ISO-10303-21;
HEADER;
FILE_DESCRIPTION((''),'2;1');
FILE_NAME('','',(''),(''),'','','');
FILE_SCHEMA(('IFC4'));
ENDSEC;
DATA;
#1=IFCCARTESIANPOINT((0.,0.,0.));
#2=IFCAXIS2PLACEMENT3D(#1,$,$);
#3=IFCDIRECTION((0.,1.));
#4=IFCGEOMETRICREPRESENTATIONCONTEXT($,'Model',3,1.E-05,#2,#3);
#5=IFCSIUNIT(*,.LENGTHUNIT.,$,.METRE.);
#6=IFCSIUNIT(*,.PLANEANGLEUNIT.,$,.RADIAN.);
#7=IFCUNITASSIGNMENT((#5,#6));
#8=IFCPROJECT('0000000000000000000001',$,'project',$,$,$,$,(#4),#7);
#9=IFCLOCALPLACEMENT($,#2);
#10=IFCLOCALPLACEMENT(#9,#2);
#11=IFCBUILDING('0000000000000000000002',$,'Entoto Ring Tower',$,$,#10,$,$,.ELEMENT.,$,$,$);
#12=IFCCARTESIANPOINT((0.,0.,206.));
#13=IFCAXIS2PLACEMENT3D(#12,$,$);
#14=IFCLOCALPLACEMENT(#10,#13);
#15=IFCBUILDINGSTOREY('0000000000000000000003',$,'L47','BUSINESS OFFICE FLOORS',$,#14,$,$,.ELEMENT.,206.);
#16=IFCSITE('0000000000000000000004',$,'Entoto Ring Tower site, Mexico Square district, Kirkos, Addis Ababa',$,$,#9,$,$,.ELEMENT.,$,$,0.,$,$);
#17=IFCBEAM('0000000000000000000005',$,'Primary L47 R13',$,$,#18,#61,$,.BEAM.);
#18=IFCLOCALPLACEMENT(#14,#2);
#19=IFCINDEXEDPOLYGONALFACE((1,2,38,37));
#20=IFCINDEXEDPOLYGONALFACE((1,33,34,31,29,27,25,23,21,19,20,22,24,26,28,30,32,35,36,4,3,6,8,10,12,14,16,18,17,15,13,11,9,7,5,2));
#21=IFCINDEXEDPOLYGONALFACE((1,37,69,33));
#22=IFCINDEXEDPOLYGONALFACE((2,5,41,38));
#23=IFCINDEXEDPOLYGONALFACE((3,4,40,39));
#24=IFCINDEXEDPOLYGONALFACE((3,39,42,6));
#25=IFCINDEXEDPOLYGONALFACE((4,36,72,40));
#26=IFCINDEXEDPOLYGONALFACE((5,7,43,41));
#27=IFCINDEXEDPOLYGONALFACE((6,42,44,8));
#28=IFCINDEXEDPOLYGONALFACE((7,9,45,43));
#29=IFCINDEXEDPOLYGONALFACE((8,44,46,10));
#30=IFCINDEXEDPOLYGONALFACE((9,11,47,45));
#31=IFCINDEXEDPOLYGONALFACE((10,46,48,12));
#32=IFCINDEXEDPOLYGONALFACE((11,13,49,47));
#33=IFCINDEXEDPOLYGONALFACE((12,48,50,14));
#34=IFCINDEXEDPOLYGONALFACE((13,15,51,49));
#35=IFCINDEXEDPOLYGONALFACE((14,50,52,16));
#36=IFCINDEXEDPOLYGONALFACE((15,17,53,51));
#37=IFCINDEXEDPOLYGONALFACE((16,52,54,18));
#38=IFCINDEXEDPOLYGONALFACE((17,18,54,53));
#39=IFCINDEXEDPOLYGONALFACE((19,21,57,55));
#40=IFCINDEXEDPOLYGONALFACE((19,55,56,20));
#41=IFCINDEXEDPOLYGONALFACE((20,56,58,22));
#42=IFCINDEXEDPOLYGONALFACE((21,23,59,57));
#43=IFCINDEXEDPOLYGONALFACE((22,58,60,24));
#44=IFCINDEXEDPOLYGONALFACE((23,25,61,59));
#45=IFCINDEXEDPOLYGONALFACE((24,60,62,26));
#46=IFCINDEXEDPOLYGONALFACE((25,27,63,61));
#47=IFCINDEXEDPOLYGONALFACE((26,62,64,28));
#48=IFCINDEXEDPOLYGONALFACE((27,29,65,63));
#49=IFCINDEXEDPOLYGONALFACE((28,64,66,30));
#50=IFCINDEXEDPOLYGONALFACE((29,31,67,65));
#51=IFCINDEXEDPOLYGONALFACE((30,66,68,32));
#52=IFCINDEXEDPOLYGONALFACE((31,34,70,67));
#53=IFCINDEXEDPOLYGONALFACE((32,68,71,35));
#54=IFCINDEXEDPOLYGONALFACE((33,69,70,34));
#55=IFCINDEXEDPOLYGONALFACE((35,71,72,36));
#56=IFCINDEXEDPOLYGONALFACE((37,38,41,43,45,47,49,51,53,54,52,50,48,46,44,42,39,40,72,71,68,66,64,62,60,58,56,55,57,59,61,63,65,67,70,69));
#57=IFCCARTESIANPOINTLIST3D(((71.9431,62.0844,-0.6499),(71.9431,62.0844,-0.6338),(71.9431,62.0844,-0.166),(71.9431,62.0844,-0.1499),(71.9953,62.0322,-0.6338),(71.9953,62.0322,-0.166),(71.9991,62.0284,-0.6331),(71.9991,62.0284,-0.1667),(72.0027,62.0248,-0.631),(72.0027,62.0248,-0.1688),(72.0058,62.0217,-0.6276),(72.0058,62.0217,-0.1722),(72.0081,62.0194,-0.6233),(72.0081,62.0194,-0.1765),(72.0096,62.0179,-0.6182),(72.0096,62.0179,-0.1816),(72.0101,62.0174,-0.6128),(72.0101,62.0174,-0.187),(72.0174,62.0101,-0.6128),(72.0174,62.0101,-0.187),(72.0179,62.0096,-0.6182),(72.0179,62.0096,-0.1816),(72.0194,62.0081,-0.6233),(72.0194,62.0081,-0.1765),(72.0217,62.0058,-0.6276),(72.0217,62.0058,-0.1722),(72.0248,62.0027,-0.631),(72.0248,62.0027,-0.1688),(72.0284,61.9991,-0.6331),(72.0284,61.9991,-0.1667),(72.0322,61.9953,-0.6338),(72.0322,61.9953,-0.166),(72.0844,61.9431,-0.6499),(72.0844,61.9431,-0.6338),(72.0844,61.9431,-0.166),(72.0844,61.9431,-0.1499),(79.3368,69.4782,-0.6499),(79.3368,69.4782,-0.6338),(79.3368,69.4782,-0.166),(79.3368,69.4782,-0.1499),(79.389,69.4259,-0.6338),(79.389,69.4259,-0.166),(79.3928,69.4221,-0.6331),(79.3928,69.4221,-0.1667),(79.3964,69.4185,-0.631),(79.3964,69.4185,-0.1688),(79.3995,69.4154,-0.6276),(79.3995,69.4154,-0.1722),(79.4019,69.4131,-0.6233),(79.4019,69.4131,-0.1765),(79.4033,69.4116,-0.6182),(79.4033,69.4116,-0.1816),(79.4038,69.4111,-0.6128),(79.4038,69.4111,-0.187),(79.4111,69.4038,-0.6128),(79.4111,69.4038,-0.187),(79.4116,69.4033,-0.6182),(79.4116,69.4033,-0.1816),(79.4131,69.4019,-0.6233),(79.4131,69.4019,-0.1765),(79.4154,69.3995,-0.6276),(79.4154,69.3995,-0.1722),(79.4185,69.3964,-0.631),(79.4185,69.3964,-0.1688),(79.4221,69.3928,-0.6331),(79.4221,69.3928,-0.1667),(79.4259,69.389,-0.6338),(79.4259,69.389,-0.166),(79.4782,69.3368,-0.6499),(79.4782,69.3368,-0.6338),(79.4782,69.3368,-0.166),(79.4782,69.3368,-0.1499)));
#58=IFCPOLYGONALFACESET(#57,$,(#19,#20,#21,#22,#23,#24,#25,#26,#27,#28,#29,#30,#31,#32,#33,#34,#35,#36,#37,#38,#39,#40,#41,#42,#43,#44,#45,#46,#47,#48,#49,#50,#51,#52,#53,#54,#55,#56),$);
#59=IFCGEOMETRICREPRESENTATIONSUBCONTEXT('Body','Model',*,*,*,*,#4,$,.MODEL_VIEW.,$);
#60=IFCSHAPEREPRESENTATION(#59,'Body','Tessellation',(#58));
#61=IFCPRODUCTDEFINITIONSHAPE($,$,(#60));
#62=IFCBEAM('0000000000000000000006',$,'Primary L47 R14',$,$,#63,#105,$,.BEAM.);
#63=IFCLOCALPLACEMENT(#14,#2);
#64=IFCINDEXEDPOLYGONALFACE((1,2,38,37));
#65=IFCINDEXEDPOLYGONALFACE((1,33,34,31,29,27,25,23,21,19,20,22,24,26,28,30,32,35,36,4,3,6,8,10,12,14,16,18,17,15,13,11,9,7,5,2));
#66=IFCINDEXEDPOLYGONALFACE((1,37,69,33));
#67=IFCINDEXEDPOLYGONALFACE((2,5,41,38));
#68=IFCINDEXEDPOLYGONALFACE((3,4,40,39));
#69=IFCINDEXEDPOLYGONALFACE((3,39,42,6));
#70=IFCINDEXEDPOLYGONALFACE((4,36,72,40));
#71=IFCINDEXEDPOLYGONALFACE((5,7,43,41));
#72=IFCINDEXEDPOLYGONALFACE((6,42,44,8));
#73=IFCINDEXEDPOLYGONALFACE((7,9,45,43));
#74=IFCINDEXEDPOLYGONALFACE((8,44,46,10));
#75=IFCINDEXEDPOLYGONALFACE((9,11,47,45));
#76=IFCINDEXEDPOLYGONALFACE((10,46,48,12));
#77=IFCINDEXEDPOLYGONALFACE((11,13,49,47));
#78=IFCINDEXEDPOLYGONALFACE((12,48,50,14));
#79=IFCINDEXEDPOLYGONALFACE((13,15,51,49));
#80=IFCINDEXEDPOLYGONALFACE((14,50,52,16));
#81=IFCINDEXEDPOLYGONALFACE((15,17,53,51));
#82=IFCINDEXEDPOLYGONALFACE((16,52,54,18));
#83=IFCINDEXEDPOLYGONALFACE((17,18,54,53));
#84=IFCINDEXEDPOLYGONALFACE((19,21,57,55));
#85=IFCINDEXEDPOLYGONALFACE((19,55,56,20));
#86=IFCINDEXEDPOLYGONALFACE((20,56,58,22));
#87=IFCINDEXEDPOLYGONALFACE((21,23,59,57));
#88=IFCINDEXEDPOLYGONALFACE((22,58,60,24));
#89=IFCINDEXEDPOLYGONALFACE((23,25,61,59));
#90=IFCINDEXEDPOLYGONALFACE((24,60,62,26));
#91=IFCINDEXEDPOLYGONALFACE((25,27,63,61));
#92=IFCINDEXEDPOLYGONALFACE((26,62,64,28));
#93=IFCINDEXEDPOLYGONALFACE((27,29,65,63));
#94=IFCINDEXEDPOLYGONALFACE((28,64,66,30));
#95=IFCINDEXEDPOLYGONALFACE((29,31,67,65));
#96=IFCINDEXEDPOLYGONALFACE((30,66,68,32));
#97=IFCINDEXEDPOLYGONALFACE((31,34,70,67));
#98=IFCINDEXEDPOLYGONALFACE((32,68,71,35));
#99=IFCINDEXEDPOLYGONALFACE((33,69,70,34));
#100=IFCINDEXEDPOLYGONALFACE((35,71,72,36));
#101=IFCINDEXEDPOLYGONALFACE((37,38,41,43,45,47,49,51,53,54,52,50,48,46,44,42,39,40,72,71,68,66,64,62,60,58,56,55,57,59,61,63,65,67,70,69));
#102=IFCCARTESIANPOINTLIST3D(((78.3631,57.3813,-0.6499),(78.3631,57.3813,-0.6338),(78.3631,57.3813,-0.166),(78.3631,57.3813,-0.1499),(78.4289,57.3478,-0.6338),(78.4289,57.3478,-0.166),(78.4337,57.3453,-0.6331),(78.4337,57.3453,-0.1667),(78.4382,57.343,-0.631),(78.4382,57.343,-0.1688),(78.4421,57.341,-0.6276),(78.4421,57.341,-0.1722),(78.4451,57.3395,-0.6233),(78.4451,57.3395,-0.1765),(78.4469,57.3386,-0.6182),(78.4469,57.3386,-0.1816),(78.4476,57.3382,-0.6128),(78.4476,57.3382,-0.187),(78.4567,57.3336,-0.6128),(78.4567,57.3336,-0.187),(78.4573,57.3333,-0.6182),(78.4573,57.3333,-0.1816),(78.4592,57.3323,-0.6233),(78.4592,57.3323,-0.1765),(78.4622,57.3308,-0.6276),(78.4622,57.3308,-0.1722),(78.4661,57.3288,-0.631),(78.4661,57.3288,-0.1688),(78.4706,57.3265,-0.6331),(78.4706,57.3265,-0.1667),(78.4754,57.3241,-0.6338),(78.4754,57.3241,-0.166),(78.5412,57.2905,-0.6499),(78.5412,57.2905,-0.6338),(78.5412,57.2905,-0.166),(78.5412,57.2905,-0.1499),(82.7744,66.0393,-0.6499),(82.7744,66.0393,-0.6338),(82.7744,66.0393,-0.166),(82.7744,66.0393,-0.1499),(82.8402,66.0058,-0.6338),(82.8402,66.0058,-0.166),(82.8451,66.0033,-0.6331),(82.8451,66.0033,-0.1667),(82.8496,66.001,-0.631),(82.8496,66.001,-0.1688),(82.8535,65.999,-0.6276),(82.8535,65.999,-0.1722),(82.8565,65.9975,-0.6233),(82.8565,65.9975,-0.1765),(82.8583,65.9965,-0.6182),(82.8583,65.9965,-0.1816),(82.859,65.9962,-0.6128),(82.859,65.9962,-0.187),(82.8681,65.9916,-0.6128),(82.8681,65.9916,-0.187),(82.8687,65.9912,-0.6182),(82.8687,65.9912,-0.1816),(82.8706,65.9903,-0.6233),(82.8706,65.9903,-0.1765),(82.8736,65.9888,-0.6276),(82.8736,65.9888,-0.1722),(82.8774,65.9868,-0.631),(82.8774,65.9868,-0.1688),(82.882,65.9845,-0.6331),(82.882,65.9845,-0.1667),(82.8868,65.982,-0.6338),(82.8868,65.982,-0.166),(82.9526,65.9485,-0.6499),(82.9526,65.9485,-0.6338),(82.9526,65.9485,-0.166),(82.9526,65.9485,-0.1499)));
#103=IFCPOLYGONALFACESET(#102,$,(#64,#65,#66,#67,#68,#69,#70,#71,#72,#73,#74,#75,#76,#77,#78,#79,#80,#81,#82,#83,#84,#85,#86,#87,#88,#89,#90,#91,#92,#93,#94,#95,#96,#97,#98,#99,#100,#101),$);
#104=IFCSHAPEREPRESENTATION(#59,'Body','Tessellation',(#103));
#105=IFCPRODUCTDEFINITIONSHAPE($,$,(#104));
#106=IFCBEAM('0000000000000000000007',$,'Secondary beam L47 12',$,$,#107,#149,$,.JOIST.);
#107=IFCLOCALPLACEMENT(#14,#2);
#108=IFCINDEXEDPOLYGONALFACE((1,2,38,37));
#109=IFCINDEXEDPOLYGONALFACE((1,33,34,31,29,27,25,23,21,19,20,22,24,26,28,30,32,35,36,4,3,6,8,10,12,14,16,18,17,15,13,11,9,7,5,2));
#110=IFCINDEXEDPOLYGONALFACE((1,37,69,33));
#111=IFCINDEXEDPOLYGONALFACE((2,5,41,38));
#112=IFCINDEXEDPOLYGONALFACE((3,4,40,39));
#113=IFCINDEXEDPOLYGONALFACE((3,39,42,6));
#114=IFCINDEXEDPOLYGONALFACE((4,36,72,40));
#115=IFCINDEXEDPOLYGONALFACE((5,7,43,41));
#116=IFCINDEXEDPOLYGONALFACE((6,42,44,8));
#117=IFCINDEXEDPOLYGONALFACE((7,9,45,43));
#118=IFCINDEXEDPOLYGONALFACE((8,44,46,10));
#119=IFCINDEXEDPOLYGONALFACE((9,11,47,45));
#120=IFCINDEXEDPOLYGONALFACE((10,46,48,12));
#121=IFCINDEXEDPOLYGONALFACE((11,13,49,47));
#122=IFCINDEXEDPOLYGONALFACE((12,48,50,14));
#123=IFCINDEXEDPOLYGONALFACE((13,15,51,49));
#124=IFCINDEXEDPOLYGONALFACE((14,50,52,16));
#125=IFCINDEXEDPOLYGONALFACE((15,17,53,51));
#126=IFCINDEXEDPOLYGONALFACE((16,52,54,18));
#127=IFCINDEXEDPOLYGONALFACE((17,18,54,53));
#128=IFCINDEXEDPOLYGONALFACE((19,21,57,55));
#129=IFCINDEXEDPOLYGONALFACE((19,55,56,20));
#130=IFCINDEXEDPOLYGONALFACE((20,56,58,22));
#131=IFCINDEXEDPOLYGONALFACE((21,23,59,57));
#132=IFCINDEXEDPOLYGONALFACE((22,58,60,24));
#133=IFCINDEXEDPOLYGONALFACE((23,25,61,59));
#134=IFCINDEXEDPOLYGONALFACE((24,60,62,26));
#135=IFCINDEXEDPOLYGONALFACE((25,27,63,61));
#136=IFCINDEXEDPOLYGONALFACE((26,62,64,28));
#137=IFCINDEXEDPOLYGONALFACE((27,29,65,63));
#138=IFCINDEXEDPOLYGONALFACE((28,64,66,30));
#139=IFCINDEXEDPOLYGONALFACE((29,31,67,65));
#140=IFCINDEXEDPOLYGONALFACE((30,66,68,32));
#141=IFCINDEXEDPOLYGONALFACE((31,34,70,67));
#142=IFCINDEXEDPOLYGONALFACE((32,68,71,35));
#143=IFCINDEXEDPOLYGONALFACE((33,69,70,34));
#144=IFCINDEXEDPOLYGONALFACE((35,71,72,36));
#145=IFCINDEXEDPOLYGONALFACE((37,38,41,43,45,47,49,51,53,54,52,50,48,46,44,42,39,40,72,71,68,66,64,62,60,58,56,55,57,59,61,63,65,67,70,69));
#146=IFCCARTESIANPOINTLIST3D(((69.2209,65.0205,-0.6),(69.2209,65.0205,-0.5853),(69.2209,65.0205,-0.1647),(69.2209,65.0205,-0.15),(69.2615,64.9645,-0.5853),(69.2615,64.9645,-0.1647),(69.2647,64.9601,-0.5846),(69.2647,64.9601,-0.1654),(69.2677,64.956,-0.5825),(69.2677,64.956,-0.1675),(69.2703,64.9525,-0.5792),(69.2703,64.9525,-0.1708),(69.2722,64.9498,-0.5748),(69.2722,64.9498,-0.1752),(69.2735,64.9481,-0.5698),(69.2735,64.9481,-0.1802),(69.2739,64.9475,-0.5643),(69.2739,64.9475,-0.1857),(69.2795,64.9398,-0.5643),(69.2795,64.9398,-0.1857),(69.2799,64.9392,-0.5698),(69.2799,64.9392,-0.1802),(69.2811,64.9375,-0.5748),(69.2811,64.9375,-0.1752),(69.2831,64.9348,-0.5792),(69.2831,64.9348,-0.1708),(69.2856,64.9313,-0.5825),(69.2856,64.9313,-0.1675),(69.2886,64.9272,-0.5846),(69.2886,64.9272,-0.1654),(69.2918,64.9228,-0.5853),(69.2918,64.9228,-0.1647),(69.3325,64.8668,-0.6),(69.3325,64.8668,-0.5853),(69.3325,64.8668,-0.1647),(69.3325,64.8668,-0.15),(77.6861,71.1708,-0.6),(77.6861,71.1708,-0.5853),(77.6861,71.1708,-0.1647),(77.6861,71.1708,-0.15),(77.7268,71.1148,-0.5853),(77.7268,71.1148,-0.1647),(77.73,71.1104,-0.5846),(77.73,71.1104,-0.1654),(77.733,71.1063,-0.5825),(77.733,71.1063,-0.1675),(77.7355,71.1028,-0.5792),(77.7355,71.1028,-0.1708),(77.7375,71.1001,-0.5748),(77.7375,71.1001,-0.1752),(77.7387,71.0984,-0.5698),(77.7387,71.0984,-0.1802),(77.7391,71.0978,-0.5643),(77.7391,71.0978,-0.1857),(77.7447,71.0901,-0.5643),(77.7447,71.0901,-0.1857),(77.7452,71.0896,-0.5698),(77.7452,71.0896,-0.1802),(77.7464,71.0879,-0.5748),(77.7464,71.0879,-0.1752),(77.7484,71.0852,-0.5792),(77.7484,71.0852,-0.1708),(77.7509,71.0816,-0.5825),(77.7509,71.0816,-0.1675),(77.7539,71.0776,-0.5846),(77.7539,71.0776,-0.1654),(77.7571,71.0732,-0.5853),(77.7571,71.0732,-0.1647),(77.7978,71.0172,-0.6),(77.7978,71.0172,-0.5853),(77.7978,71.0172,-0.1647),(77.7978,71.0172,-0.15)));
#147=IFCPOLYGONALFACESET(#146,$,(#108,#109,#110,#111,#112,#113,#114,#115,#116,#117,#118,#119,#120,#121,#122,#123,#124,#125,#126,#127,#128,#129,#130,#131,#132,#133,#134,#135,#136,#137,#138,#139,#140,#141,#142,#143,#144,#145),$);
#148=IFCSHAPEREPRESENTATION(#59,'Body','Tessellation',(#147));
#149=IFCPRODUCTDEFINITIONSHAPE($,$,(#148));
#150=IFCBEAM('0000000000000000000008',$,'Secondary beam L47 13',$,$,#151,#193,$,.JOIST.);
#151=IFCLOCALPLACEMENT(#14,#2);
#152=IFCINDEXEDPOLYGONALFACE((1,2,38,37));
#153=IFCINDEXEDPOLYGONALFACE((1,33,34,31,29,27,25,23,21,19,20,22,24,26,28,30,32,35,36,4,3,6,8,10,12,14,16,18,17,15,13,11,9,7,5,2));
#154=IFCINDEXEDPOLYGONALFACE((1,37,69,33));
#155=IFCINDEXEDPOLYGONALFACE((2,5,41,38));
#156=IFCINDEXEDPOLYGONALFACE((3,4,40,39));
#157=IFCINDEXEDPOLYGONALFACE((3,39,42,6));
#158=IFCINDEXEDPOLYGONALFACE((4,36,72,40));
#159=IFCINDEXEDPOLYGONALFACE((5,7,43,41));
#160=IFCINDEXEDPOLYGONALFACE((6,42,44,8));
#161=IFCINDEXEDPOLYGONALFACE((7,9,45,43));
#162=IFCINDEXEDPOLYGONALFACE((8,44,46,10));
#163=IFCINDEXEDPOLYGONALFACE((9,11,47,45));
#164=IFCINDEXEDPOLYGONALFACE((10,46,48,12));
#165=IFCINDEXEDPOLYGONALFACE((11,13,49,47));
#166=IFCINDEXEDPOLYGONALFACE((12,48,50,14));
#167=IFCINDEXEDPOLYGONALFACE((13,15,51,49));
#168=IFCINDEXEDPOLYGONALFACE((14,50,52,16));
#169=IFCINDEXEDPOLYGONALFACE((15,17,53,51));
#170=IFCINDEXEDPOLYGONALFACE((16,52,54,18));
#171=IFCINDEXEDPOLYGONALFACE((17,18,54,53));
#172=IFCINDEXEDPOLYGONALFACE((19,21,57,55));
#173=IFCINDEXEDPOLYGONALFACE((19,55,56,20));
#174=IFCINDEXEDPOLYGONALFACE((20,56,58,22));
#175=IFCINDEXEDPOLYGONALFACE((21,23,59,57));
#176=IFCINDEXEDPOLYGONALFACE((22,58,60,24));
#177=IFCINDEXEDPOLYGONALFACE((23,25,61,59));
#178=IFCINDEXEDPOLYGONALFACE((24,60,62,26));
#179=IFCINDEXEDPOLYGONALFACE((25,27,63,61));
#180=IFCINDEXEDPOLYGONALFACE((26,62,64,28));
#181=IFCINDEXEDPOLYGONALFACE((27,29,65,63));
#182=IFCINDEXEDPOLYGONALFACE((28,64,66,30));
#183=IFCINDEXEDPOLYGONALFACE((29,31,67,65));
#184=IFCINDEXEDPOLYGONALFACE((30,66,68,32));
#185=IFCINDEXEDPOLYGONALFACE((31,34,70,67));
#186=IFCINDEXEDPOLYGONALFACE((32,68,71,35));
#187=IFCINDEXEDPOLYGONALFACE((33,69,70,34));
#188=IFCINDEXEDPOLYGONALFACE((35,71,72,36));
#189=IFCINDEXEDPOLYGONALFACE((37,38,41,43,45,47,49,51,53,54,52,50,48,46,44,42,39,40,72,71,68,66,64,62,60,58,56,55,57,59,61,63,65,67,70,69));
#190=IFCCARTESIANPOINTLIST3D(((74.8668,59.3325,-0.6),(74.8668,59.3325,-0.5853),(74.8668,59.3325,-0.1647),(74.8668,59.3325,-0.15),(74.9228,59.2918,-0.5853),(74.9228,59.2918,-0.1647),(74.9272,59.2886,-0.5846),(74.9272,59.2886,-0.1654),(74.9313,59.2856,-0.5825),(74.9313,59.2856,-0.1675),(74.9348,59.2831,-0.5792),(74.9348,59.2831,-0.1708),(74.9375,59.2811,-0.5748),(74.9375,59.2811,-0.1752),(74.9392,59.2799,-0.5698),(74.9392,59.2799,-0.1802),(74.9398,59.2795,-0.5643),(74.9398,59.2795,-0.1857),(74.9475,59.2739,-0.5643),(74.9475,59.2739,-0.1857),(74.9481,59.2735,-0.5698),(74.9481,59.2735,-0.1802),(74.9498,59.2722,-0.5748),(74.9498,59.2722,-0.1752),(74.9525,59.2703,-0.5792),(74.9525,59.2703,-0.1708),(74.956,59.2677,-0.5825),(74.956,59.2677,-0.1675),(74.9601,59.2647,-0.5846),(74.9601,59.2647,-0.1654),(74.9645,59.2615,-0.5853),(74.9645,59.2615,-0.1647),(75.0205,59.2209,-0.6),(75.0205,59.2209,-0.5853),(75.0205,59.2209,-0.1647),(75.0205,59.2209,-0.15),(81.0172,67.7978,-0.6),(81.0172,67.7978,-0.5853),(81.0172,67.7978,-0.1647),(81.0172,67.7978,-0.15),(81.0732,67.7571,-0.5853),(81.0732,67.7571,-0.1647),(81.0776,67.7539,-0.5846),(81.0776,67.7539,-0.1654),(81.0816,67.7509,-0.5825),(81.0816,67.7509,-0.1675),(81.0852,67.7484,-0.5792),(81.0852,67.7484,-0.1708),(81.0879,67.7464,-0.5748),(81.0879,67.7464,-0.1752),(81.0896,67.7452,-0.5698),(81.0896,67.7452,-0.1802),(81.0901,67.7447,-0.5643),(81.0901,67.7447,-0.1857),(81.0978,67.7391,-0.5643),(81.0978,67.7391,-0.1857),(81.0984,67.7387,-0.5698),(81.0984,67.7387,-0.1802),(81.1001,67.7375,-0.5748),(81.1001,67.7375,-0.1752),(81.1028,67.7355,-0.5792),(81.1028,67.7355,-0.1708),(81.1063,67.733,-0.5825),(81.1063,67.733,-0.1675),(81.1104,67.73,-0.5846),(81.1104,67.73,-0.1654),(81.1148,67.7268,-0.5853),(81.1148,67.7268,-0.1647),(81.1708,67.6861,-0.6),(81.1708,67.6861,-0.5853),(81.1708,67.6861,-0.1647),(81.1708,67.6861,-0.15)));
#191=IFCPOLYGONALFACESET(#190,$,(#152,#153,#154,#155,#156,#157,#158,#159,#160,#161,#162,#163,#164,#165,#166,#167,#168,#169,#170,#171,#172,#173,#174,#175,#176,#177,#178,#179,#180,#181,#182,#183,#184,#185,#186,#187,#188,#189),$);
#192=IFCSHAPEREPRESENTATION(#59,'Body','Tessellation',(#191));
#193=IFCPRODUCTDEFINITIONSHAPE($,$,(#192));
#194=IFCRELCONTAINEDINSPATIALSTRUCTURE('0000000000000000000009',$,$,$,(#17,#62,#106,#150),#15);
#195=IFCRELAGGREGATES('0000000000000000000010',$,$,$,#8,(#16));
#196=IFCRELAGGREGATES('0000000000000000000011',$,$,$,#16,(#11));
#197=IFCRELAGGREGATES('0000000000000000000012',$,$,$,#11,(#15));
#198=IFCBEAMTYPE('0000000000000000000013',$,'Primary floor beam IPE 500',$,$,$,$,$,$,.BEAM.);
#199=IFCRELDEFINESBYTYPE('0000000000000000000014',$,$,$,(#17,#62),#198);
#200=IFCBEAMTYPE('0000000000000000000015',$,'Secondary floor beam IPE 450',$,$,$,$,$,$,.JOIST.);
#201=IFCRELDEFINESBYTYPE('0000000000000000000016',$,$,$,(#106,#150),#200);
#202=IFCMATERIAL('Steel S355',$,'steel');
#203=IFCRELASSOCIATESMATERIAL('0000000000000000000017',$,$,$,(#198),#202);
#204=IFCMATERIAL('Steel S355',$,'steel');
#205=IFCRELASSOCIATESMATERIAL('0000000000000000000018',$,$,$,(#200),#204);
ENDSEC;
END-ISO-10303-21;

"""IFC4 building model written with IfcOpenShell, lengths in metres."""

from ifc_helpers import new_model, si_unit, direction, frame, origin, origin_2d, place, context, subcontext, project, spatial, i_section, extrude, material, material_profile, profile_set, type_object, element, save


model = new_model("IFC4")

# Units and contexts
model_context = context("Model", 3, precision=1e-05, world=origin(), true_north=direction((0.0, 1.0)))
body_context = subcontext(model_context, "Body", "Model", "MODEL_VIEW")
ifc_project = project(units=[si_unit("LENGTHUNIT", "METRE"), si_unit("PLANEANGLEUNIT", "RADIAN")], contexts=[model_context])

# Site, building, storey
site_placement = place(None, origin())
site = spatial("IfcSite", under=ifc_project, at=site_placement, Name="Entoto Ring Tower site, Mexico Square district, Kirkos, Addis Ababa", CompositionType="ELEMENT", RefElevation=0.0)
building_placement = place(site_placement, origin())
building = spatial("IfcBuilding", under=site, at=building_placement, Name="Entoto Ring Tower", CompositionType="ELEMENT")
storey_placement = place(building_placement, frame((0.0, 0.0, 206.0)))
storey = spatial("IfcBuildingStorey", under=building, at=storey_placement, Name="L47", Description="BUSINESS OFFICE FLOORS", CompositionType="ELEMENT", Elevation=206.0)

# Beams
ifc_material_1 = material(Name="Steel S355", Category="steel")
ifc_material_profile_1 = material_profile(ifc_material_1, i_section(OverallWidth=0.2, OverallDepth=0.5, WebThickness=0.0103, FlangeThickness=0.0161, FilletRadius=0.021, at=origin_2d()), Name="IPE 500")
ifc_profile_set_1 = profile_set([ifc_material_profile_1], Name="Steel S355")
beam_type_1 = type_object("IfcBeamType", Name="Primary floor beam IPE 500", PredefinedType="BEAM", material=ifc_profile_set_1)
beam_1_placement = place(storey_placement, frame((79.4075, 69.4075, -0.3999), z_axis=(-0.707107, -0.707107, 0.0), x_axis=(0.707107, -0.707107, 0.0)))
element("IfcBeam", 1, at=beam_1_placement, inside=storey, type_object=beam_type_1, Name="Primary L47 R13", PredefinedType="BEAM", context=body_context, shape_type="SweptSolid", body=[
    extrude(i_section(OverallWidth=0.2, OverallDepth=0.5, WebThickness=0.0103, FlangeThickness=0.0161, FilletRadius=0.021, at=origin_2d()), origin(), (0.0, 0.0, 1.0), 10.4563),
])
beam_2_placement = place(storey_placement, frame((82.8635, 65.9939, -0.3999), z_axis=(-0.453984, -0.89101, 0.0), x_axis=(0.89101, -0.453984, 0.0)))
element("IfcBeam", 2, at=beam_2_placement, inside=storey, type_object=beam_type_1, Name="Primary L47 R14", PredefinedType="BEAM", context=body_context, shape_type="SweptSolid", body=[
    extrude(i_section(OverallWidth=0.2, OverallDepth=0.5, WebThickness=0.0103, FlangeThickness=0.0161, FilletRadius=0.021, at=origin_2d()), origin(), (0.0, 0.0, 1.0), 9.717),
])
ifc_material_2 = material(Name="Steel S355", Category="steel")
ifc_material_profile_2 = material_profile(ifc_material_2, i_section(OverallWidth=0.1899, OverallDepth=0.45, WebThickness=0.0095, FlangeThickness=0.0146, FilletRadius=0.021, at=origin_2d()), Name="IPE 450")
ifc_profile_set_2 = profile_set([ifc_material_profile_2], Name="Steel S355")
beam_type_2 = type_object("IfcBeamType", Name="Secondary floor beam IPE 450", PredefinedType="JOIST", material=ifc_profile_set_2)
for number, where, z_axis, x_axis, name in (
    (3, (77.7419, 71.094, -0.375), (-0.809018, -0.587783, 0.0), (0.587783, -0.809018, 0.0), "Secondary beam L47 12"),
    (4, (81.094, 67.7419, -0.375), (-0.587783, -0.809018, 0.0), (0.809018, -0.587783, 0.0), "Secondary beam L47 13"),
):
    element("IfcBeam", number, at=place(storey_placement, frame(where, z_axis=z_axis, x_axis=x_axis)), inside=storey, type_object=beam_type_2, Name=name, PredefinedType="JOIST", context=body_context, shape_type="SweptSolid", body=[
        extrude(i_section(OverallWidth=0.1899, OverallDepth=0.45, WebThickness=0.0095, FlangeThickness=0.0146, FilletRadius=0.021, at=origin_2d()), origin(), (0.0, 0.0, 1.0), 10.4636),
    ])

save(model, "model.ifc")
